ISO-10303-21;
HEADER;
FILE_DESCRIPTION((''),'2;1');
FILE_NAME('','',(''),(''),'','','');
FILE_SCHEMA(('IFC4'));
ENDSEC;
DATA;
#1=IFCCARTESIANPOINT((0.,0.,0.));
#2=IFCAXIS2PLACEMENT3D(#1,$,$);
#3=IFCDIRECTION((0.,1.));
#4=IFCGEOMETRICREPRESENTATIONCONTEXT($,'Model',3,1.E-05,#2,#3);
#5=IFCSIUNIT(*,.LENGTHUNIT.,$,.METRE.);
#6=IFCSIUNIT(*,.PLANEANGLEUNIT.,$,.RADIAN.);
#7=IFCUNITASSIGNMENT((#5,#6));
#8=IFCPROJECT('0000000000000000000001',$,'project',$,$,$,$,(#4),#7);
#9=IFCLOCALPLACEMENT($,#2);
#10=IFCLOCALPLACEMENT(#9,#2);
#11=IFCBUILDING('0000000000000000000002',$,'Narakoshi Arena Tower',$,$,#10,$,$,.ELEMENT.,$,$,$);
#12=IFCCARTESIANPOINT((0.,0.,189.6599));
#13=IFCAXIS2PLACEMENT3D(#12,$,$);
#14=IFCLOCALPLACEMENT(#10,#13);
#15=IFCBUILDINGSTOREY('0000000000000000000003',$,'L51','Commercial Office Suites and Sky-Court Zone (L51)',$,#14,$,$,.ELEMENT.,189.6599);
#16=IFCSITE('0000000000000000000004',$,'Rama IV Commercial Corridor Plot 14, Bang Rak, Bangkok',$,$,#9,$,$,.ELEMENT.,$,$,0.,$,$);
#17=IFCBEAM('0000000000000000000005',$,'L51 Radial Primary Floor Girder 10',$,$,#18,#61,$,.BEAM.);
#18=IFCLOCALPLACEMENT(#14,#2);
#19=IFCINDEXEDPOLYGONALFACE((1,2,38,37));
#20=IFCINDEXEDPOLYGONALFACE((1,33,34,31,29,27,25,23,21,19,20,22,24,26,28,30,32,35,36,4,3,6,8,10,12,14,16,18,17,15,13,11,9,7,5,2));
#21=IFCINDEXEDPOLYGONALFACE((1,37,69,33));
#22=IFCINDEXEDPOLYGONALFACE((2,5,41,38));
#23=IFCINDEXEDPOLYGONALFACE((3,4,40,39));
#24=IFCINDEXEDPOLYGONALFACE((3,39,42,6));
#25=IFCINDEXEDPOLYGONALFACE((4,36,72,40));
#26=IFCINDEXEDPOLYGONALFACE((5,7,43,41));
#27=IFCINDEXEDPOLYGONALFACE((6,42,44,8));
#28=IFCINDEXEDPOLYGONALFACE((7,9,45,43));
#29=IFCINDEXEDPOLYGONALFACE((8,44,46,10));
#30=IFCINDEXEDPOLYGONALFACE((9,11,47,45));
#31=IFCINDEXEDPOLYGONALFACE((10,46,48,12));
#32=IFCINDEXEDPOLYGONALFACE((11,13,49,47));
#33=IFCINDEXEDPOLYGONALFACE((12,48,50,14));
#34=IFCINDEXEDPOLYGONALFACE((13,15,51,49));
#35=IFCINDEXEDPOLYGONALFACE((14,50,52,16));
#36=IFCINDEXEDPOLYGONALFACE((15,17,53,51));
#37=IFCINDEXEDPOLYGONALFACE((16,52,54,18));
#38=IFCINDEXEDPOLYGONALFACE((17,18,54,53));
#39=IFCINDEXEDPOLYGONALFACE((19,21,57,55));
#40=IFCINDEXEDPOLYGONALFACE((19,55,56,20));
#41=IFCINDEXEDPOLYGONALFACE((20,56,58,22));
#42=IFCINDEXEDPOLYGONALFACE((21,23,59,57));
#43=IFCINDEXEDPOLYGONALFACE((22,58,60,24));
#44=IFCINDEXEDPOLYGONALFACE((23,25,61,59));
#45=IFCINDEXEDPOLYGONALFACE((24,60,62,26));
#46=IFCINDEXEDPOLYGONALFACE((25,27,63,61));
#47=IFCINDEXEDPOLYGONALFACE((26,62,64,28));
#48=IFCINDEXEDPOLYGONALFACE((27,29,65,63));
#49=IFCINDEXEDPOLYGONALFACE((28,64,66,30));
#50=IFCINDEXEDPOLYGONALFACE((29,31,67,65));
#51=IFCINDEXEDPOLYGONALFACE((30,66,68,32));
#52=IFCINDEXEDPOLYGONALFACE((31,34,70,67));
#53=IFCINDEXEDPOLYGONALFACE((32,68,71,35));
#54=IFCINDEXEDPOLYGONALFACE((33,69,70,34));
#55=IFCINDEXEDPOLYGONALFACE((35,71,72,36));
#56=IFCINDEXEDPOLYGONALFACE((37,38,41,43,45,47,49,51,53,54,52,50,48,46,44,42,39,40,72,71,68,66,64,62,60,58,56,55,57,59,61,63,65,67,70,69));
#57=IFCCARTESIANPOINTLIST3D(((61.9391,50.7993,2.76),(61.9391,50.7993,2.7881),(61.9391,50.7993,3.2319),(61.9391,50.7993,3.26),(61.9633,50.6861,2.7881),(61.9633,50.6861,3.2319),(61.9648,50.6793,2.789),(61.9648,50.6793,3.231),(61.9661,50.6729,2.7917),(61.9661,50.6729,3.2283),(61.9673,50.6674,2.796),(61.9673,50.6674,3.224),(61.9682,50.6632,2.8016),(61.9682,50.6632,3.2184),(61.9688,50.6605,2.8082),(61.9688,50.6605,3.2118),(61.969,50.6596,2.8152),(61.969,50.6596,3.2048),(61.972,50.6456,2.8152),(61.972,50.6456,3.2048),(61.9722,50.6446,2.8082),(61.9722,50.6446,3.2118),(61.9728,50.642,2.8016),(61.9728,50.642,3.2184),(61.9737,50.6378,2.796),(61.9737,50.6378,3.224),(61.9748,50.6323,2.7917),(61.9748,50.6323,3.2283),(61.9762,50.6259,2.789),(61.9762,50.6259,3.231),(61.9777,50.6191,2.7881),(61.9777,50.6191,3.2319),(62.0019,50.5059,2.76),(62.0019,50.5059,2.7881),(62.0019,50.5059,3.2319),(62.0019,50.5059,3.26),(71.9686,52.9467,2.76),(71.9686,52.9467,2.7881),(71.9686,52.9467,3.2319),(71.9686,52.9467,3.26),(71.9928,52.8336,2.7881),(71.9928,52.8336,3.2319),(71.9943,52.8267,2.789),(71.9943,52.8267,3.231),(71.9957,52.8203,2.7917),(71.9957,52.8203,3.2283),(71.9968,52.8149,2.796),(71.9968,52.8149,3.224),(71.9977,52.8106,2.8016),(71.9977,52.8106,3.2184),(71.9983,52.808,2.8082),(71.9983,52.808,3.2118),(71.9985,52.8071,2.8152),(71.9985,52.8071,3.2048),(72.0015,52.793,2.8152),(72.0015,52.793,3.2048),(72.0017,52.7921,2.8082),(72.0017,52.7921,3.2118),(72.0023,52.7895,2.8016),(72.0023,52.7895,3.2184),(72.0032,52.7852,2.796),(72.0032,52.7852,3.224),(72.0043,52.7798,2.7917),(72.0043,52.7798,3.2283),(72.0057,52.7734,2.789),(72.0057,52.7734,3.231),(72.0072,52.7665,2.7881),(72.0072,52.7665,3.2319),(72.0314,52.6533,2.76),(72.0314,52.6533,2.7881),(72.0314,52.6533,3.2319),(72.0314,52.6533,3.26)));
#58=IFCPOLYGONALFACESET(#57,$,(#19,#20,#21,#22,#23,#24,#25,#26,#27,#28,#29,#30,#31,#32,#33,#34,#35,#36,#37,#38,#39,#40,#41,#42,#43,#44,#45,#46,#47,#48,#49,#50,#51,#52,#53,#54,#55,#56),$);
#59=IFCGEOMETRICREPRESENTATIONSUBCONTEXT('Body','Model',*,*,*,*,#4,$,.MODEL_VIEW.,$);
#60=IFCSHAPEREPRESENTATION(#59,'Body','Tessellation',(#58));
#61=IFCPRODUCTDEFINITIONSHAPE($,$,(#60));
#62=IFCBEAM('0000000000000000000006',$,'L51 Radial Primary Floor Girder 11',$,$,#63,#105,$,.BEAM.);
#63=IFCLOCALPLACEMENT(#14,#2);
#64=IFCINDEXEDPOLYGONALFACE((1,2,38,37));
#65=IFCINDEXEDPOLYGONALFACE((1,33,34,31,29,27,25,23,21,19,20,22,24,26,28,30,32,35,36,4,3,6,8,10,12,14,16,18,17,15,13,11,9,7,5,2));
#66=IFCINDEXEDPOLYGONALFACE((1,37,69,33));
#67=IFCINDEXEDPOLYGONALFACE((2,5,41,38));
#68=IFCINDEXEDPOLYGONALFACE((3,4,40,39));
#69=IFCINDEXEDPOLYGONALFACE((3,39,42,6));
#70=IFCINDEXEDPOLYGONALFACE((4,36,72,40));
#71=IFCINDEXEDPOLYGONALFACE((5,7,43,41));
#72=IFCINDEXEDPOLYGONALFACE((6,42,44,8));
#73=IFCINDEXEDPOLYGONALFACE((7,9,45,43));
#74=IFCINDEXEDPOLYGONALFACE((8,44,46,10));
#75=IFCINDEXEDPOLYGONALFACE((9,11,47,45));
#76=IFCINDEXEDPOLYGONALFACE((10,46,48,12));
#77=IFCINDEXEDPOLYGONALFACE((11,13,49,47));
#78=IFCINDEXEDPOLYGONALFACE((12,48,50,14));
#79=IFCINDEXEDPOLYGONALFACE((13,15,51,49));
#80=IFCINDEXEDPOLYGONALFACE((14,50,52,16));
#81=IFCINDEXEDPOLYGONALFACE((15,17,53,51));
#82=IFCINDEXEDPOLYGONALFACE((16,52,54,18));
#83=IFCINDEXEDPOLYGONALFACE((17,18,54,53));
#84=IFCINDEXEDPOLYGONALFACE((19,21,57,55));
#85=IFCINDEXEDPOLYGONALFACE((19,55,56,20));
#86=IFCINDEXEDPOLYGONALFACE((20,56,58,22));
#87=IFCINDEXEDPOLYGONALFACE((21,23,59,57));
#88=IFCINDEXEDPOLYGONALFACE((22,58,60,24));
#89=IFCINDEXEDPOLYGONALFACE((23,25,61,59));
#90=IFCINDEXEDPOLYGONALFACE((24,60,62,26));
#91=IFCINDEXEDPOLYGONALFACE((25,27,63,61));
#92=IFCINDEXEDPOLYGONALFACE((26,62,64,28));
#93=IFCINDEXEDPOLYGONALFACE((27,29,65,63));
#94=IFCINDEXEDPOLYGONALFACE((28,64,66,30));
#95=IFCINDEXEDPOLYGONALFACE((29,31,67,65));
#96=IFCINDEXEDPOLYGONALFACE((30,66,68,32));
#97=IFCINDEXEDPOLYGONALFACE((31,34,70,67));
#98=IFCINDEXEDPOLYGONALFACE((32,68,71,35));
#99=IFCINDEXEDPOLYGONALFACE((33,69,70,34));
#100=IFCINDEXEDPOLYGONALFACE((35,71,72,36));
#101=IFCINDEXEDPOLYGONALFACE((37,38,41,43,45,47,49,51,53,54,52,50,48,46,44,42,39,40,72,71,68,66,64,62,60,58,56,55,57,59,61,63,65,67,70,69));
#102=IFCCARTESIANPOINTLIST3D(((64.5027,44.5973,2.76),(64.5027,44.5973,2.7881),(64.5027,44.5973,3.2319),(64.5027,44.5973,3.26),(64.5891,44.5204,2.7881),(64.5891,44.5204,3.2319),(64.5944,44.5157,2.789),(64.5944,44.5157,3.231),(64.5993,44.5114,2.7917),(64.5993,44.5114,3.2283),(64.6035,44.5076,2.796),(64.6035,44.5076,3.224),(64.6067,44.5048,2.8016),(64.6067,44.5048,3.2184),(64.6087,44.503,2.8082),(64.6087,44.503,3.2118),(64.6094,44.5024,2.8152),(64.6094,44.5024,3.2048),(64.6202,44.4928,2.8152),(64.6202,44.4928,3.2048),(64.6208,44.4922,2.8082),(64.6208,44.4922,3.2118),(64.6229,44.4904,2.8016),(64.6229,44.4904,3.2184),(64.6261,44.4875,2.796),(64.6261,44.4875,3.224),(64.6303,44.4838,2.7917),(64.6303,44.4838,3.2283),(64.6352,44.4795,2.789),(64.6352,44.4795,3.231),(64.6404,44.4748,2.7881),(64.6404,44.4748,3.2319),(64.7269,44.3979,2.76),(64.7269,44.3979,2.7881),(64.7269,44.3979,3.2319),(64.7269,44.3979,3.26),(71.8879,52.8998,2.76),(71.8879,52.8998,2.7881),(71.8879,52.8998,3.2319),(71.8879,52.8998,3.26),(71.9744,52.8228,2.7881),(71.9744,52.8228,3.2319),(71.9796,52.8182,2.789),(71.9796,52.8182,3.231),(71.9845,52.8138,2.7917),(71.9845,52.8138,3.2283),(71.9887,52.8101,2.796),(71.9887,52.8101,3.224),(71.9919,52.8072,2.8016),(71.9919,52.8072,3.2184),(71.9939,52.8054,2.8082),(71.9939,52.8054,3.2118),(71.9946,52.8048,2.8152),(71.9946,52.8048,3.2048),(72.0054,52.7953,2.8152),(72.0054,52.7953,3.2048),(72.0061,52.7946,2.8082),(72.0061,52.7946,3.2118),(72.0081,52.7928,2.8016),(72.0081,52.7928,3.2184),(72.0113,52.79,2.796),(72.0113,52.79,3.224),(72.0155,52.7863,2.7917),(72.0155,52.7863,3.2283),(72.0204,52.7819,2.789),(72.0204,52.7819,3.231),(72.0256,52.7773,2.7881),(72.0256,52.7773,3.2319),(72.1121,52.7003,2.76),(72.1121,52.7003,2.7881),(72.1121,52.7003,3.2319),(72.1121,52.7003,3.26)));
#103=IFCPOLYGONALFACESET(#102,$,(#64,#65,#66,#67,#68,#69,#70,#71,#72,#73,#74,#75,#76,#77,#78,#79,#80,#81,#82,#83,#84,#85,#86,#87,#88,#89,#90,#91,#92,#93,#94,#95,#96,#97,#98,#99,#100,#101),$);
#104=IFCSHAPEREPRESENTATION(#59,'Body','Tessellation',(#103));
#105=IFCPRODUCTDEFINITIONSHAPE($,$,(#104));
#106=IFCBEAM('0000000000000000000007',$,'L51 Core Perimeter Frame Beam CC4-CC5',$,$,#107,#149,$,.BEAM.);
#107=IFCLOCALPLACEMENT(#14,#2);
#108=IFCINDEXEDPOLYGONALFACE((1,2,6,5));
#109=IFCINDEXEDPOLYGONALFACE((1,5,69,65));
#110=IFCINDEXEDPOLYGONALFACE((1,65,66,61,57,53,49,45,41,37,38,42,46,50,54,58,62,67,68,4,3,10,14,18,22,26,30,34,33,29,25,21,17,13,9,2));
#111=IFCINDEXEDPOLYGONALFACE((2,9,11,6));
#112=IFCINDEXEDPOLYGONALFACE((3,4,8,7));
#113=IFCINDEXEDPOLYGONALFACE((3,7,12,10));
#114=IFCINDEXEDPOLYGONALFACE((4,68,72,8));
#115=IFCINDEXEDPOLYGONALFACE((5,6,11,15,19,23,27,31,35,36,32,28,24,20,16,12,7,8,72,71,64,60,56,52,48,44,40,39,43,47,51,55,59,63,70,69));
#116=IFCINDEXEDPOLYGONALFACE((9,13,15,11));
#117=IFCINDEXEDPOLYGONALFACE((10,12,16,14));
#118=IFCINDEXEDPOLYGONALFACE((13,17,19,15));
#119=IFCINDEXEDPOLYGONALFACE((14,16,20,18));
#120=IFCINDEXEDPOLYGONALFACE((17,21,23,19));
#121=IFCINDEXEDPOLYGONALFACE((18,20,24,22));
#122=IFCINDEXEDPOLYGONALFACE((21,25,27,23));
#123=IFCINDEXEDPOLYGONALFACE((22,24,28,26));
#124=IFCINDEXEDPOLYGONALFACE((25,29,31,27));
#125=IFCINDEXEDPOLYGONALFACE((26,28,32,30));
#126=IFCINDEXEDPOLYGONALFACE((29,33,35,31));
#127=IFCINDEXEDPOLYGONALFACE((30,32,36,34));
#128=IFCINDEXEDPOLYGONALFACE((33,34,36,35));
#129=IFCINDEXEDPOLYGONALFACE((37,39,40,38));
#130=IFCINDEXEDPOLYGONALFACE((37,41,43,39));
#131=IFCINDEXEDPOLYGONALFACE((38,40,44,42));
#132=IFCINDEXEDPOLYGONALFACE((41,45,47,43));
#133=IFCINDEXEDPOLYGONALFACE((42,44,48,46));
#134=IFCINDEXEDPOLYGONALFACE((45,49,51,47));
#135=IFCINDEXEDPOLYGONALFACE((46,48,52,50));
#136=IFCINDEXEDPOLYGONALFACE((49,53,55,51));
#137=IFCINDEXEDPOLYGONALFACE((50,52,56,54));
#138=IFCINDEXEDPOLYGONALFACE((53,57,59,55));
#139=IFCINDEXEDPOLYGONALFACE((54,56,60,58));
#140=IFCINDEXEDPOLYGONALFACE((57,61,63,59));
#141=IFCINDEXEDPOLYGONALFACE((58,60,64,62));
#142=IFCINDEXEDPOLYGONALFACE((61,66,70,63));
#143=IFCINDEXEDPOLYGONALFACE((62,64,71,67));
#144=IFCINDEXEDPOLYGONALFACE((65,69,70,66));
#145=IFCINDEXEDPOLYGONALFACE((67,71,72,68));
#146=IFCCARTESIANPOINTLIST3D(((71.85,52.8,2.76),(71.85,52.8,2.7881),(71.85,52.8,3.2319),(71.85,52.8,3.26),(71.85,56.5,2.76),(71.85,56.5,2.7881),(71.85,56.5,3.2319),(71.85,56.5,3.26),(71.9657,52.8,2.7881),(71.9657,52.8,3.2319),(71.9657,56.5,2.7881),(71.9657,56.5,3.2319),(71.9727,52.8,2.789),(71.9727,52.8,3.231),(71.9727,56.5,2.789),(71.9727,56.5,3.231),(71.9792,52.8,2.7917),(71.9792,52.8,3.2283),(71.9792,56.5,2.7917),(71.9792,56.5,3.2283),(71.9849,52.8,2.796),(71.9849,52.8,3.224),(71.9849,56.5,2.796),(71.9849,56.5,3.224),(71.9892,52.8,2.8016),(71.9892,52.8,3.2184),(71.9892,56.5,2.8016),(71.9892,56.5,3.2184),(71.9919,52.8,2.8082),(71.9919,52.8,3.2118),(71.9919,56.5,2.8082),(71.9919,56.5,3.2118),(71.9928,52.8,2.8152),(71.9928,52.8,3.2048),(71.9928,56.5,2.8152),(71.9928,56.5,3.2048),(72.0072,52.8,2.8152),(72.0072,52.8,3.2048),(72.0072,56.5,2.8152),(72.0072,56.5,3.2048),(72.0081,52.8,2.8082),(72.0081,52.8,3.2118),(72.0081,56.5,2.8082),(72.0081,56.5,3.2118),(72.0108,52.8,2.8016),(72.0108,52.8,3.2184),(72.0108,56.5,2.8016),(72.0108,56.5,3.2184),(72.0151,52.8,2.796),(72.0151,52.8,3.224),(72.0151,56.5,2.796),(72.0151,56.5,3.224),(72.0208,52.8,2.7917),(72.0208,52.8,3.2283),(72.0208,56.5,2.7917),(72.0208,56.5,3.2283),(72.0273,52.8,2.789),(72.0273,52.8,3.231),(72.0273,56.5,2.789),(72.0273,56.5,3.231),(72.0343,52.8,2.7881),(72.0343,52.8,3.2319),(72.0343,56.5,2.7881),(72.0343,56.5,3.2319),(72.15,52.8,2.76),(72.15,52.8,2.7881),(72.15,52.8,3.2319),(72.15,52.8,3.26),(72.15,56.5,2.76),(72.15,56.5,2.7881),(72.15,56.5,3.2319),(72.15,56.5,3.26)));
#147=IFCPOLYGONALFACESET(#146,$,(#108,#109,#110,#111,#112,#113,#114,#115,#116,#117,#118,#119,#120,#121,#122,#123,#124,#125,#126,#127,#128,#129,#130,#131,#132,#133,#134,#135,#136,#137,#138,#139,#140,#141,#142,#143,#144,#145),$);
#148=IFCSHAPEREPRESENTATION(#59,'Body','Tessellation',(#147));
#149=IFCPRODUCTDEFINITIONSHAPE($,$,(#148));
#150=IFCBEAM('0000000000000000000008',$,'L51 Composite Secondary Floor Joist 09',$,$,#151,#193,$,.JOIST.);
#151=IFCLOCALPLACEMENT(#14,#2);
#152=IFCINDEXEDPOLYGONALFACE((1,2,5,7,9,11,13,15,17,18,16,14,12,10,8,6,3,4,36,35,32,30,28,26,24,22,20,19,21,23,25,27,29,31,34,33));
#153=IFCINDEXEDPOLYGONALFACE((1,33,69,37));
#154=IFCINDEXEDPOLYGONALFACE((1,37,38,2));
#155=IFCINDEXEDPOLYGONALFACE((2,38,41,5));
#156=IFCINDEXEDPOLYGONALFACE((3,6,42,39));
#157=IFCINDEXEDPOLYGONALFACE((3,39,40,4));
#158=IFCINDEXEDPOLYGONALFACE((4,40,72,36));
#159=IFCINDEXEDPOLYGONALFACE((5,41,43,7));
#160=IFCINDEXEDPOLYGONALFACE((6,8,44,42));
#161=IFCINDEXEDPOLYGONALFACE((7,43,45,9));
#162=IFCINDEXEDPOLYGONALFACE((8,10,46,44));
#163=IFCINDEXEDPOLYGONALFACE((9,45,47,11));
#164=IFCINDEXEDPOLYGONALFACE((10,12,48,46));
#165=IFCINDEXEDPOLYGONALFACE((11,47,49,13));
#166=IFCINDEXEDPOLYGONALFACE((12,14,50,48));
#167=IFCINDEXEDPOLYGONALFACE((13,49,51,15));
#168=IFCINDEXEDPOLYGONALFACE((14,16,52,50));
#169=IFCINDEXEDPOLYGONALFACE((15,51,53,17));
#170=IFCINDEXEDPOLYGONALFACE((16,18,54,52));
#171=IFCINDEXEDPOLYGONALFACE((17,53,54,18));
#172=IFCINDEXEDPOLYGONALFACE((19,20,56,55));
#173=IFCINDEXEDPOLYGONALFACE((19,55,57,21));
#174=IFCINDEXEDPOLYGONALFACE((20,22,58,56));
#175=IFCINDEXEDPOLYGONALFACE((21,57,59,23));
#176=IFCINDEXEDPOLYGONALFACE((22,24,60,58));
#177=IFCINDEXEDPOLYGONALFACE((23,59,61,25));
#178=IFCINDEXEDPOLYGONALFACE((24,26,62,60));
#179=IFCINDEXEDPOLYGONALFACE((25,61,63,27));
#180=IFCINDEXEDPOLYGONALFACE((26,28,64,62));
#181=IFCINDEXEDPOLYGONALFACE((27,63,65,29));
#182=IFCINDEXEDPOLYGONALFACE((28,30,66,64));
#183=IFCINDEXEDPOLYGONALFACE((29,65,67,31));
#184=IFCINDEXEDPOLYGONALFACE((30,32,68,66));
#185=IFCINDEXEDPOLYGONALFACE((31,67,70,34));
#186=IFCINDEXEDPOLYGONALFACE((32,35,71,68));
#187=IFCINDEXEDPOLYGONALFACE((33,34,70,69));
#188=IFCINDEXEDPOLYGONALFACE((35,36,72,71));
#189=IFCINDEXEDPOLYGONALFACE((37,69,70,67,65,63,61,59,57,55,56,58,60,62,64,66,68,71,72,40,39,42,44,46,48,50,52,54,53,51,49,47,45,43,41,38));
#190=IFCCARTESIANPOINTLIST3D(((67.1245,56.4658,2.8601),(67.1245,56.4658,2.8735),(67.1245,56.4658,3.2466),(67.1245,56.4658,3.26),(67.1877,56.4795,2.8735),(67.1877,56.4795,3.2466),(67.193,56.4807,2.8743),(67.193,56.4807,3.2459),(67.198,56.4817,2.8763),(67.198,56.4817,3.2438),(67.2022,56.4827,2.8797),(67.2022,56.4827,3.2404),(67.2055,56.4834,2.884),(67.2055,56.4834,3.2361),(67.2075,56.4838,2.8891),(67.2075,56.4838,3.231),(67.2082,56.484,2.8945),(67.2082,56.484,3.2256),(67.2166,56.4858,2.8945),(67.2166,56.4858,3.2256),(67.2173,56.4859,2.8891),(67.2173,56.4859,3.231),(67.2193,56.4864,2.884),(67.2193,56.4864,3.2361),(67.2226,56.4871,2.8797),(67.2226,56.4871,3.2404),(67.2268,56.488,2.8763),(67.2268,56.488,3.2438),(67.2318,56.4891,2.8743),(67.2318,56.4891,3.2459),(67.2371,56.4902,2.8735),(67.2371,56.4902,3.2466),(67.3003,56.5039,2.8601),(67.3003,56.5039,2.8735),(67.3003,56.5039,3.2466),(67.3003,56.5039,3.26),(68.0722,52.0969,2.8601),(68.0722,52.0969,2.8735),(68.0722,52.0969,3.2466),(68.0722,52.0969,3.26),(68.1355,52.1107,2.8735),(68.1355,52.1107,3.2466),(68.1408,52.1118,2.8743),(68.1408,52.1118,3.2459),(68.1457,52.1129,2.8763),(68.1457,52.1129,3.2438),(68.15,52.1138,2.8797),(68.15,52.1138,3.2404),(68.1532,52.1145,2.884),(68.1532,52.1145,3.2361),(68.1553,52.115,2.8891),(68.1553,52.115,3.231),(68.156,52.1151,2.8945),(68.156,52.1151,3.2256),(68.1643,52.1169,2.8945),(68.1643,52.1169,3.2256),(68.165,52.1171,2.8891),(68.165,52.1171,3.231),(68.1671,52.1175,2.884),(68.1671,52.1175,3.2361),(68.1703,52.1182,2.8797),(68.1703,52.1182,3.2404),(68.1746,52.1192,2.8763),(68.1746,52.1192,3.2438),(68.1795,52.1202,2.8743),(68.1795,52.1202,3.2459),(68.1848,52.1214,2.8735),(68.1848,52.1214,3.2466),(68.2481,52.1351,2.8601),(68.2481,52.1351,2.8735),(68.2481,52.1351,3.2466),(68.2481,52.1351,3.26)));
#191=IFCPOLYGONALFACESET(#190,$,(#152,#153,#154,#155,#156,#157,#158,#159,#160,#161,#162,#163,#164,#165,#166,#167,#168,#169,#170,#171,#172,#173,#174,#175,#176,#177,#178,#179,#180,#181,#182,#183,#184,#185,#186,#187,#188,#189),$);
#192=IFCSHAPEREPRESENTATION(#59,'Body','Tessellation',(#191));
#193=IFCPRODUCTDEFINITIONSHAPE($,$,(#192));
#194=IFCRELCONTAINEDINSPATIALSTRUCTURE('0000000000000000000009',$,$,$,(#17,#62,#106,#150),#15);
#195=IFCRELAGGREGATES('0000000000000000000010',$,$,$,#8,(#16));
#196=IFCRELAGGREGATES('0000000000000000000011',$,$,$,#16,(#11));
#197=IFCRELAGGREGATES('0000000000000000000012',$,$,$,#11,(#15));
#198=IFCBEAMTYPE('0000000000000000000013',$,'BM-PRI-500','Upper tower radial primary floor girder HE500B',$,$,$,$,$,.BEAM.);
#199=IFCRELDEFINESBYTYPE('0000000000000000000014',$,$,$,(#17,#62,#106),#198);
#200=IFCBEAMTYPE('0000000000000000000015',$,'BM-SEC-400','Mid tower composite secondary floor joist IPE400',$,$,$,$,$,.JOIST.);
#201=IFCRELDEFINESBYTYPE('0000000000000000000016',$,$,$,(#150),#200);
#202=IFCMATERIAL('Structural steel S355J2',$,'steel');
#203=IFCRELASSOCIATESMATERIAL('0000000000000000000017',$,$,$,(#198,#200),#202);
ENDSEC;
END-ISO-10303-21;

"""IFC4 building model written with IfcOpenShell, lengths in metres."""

from ifc_helpers import new_model, si_unit, direction, frame, origin, origin_2d, place, context, subcontext, project, spatial, i_section, extrude, material, material_profile, profile_set, type_object, element, save


model = new_model("IFC4")

# Units and contexts
model_context = context("Model", 3, precision=1e-05, world=origin(), true_north=direction((0.0, 1.0)))
body_context = subcontext(model_context, "Body", "Model", "MODEL_VIEW")
ifc_project = project(units=[si_unit("LENGTHUNIT", "METRE"), si_unit("PLANEANGLEUNIT", "RADIAN")], contexts=[model_context])

# Site, building, storey
site_placement = place(None, origin())
site = spatial("IfcSite", under=ifc_project, at=site_placement, Name="Rama IV Commercial Corridor Plot 14, Bang Rak, Bangkok", CompositionType="ELEMENT", RefElevation=0.0)
building_placement = place(site_placement, origin())
building = spatial("IfcBuilding", under=site, at=building_placement, Name="Narakoshi Arena Tower", CompositionType="ELEMENT")
storey_placement = place(building_placement, frame((0.0, 0.0, 189.6599)))
storey = spatial("IfcBuildingStorey", under=building, at=storey_placement, Name="L51", Description="Commercial Office Suites and Sky-Court Zone (L51)", CompositionType="ELEMENT", Elevation=189.6599)

# Beams
ifc_material_1 = material(Name="Structural steel S355J2", Category="steel")
ifc_material_profile_1 = material_profile(ifc_material_1, i_section(OverallWidth=0.3, OverallDepth=0.5, WebThickness=0.0144, FlangeThickness=0.0281, FilletRadius=0.0271, at=origin_2d()), Name="HE500B")
ifc_profile_set_1 = profile_set([ifc_material_profile_1], Name="Structural steel S355J2")
beam_type_1 = type_object("IfcBeamType", Name="BM-PRI-500", Description="Upper tower radial primary floor girder HE500B", PredefinedType="BEAM", material=ifc_profile_set_1)
beam_1_placement = place(storey_placement, frame((72.0, 52.8, 3.01), z_axis=(-0.977837, -0.209368, 0.0), x_axis=(0.209368, -0.977837, 0.0)))
element("IfcBeam", 1, at=beam_1_placement, inside=storey, type_object=beam_type_1, Name="L51 Radial Primary Floor Girder 10", PredefinedType="BEAM", context=body_context, shape_type="SweptSolid", body=[
    extrude(i_section(OverallWidth=0.3, OverallDepth=0.5, WebThickness=0.0144, FlangeThickness=0.0281, FilletRadius=0.0271, at=origin_2d()), origin(), (0.0, 0.0, 1.0), 10.2568),
])
beam_2_placement = place(storey_placement, frame((72.0, 52.8, 3.01), z_axis=(-0.664628, -0.747174, 0.0), x_axis=(0.747174, -0.664628, 0.0)))
element("IfcBeam", 2, at=beam_2_placement, inside=storey, type_object=beam_type_1, Name="L51 Radial Primary Floor Girder 11", PredefinedType="BEAM", context=body_context, shape_type="SweptSolid", body=[
    extrude(i_section(OverallWidth=0.3, OverallDepth=0.5, WebThickness=0.0144, FlangeThickness=0.0281, FilletRadius=0.0271, at=origin_2d()), origin(), (0.0, 0.0, 1.0), 11.1118),
])
beam_3_placement = place(storey_placement, frame((72.0, 52.8, 3.01), z_axis=(0.0, 1.0, 0.0), x_axis=(-1.0, 0.0, 0.0)))
element("IfcBeam", 3, at=beam_3_placement, inside=storey, type_object=beam_type_1, Name="L51 Core Perimeter Frame Beam CC4-CC5", PredefinedType="BEAM", context=body_context, shape_type="SweptSolid", body=[
    extrude(i_section(OverallWidth=0.3, OverallDepth=0.5, WebThickness=0.0144, FlangeThickness=0.0281, FilletRadius=0.0271, at=origin_2d()), origin(), (0.0, 0.0, 1.0), 3.7),
])
ifc_material_profile_2 = material_profile(ifc_material_1, i_section(OverallWidth=0.1799, OverallDepth=0.3999, WebThickness=0.0085, FlangeThickness=0.0134, FilletRadius=0.021, at=origin_2d()), Name="IPE400")
ifc_profile_set_2 = profile_set([ifc_material_profile_2], Name="Structural steel S355J2")
beam_type_2 = type_object("IfcBeamType", Name="BM-SEC-400", Description="Mid tower composite secondary floor joist IPE400", PredefinedType="JOIST", material=ifc_profile_set_2)
beam_4_placement = place(storey_placement, frame((67.2124, 56.4849, 3.0601), z_axis=(0.212001, -0.977269, 0.0), x_axis=(0.977269, 0.212001, 0.0)))
element("IfcBeam", 4, at=beam_4_placement, inside=storey, type_object=beam_type_2, Name="L51 Composite Secondary Floor Joist 09", PredefinedType="JOIST", context=body_context, shape_type="SweptSolid", body=[
    extrude(i_section(OverallWidth=0.1799, OverallDepth=0.3999, WebThickness=0.0085, FlangeThickness=0.0134, FilletRadius=0.021, at=origin_2d()), origin(), (0.0, 0.0, 1.0), 4.4705),
])

save(model, "model.ifc")
